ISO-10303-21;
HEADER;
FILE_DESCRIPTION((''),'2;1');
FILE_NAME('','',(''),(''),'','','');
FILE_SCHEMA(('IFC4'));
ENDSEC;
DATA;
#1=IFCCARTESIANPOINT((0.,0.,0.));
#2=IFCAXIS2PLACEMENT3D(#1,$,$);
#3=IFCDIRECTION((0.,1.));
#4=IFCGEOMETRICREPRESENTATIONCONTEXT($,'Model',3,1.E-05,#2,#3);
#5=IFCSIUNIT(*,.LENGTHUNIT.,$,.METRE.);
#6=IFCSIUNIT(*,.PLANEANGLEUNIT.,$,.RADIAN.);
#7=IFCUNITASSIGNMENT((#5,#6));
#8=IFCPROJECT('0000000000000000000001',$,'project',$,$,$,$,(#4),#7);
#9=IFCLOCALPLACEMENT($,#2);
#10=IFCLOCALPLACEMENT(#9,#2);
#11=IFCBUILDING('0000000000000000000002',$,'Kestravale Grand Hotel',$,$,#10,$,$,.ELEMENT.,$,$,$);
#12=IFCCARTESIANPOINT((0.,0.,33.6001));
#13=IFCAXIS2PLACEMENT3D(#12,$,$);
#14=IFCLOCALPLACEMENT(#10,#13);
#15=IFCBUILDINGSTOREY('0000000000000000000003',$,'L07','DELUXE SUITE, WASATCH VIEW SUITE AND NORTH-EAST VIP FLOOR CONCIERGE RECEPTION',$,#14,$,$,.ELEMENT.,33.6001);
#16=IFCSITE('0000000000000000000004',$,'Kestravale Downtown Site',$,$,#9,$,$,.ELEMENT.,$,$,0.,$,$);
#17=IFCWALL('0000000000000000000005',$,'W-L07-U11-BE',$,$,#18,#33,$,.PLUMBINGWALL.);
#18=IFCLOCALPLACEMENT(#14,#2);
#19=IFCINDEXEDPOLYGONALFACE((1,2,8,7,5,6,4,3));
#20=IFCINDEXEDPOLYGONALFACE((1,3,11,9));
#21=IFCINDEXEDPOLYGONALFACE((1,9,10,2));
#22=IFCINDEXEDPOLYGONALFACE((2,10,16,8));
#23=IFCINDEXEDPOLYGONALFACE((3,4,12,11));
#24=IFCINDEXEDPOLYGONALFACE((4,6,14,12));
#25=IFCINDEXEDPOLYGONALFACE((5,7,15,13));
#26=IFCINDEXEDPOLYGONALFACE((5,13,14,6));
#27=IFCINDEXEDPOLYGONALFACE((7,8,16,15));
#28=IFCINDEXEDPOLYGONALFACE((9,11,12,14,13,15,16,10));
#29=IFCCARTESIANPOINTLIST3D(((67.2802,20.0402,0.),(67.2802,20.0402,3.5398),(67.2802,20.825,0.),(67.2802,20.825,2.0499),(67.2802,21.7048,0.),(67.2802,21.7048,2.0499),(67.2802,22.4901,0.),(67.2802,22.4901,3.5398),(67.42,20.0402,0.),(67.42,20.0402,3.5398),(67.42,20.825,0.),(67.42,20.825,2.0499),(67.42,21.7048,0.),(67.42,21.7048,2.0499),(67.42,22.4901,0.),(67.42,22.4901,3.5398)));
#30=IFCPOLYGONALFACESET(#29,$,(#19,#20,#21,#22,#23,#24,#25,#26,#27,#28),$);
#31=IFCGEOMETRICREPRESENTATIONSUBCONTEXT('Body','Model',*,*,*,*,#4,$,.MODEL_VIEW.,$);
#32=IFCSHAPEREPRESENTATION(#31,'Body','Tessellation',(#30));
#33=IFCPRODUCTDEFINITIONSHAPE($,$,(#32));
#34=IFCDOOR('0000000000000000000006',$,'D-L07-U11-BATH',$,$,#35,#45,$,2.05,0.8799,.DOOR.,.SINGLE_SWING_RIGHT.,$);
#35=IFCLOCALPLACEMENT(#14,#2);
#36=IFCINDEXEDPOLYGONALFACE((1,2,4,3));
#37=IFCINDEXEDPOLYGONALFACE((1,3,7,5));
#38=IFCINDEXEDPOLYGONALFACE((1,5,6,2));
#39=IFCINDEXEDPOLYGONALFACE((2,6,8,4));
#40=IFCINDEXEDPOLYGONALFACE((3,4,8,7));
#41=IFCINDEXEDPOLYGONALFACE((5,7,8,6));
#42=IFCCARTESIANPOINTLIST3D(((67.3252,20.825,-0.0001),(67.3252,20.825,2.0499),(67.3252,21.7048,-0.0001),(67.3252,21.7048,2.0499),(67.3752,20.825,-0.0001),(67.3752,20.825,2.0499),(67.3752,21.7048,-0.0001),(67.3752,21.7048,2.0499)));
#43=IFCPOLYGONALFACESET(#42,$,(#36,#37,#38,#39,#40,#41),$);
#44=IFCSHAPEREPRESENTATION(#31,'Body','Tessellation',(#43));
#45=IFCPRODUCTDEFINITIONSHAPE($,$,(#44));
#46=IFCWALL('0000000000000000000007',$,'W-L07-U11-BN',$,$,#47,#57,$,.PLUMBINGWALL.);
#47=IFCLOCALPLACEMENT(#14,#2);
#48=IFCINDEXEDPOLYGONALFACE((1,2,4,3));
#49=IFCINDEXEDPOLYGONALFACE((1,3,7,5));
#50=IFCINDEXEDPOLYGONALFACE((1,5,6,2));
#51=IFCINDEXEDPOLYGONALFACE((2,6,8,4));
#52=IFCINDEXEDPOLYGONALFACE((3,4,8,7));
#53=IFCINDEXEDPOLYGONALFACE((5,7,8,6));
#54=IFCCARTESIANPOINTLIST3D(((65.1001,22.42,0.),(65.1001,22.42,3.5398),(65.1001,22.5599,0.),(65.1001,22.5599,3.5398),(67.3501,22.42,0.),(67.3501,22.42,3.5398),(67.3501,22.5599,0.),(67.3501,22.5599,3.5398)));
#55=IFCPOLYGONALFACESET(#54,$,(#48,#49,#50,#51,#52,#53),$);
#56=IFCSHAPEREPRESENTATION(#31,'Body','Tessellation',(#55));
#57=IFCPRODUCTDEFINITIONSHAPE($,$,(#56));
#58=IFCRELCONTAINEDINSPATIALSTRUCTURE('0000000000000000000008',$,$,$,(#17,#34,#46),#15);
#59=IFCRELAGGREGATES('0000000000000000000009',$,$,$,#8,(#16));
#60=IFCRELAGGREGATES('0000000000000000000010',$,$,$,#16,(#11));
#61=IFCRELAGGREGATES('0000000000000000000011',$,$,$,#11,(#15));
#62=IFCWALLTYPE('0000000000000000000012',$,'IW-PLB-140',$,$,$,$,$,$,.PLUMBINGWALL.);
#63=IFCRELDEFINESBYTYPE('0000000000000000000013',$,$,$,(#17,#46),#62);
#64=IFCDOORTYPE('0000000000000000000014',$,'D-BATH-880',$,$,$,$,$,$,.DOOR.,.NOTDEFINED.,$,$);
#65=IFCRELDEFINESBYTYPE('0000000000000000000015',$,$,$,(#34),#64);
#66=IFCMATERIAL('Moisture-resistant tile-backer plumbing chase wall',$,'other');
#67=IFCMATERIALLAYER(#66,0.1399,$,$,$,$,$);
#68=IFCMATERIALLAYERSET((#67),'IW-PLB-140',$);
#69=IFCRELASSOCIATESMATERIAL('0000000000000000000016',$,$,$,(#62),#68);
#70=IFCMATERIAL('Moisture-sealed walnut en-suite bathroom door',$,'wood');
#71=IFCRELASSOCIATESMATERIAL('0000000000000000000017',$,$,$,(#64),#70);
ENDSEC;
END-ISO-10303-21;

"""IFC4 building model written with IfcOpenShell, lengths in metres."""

from ifc_helpers import new_model, si_unit, direction, frame, frame_2d, origin, place, context, subcontext, project, spatial, rectangle, extrude, material, layer, layer_set, type_object, element, fill, save


model = new_model("IFC4")

# Units and contexts
model_context = context("Model", 3, precision=1e-05, world=origin(), true_north=direction((0.0, 1.0)))
body_context = subcontext(model_context, "Body", "Model", "MODEL_VIEW")
ifc_project = project(units=[si_unit("LENGTHUNIT", "METRE"), si_unit("PLANEANGLEUNIT", "RADIAN")], contexts=[model_context])

# Site, building, storey
site_placement = place(None, origin())
site = spatial("IfcSite", under=ifc_project, at=site_placement, Name="Kestravale Downtown Site", CompositionType="ELEMENT", RefElevation=0.0)
building_placement = place(site_placement, origin())
building = spatial("IfcBuilding", under=site, at=building_placement, Name="Kestravale Grand Hotel", CompositionType="ELEMENT")
storey_placement = place(building_placement, frame((0.0, 0.0, 33.6001)))
storey = spatial("IfcBuildingStorey", under=building, at=storey_placement, Name="L07", Description="DELUXE SUITE, WASATCH VIEW SUITE AND NORTH-EAST VIP FLOOR CONCIERGE RECEPTION", CompositionType="ELEMENT", Elevation=33.6001)

# Shared definitions
ifc_material_1 = material(Name="Moisture-resistant tile-backer plumbing chase wall", Category="other")
ifc_layer_1 = layer(ifc_material_1, 0.1399)
ifc_layer_set_1 = layer_set([ifc_layer_1], Name="IW-PLB-140")
wall_type_1 = type_object("IfcWallType", Name="IW-PLB-140", PredefinedType="PLUMBINGWALL", material=ifc_layer_set_1)

# Shared definitions
ifc_material_2 = material(Name="Moisture-sealed walnut en-suite bathroom door", Category="wood")
door_type = type_object("IfcDoorType", Name="D-BATH-880", OperationType="NOTDEFINED", PredefinedType="DOOR", material=ifc_material_2)

# Wall, opening, door
wall_1_placement = place(storey_placement, frame((67.3501, 20.04, 0.0), z_axis=(0.0, 0.0, 1.0), x_axis=(0.0, 1.0, 0.0)))
wall_1 = element("IfcWall", 1, at=wall_1_placement, inside=storey, type_object=wall_type_1, Name="W-L07-U11-BE", PredefinedType="PLUMBINGWALL", context=body_context, shape_type="SweptSolid", body=[
    extrude(rectangle(XDim=2.45, YDim=0.1399, at=frame_2d((1.2251, 0.0))), origin(), (0.0, 0.0, 1.0), 3.5398),
])
opening_1_placement = place(wall_1_placement, frame((0.7849, 0.0, 0.0)))
opening_1 = element("IfcOpeningElement", 2, at=opening_1_placement, cuts=wall_1, PredefinedType="OPENING", context=body_context, shape_type="SweptSolid", body=[
    extrude(rectangle(XDim=0.8799, YDim=2.05, at=frame_2d((0.4399, 1.0249))), frame((0.0, 0.0798, 0.0), z_axis=(0.0, -1.0, 0.0), x_axis=(1.0, 0.0, 0.0)), (0.0, 0.0, 1.0), 0.1599),
])
door_1_placement = place(opening_1_placement, origin())
door_1 = element("IfcDoor", 3, at=door_1_placement, inside=storey, type_object=door_type, Name="D-L07-U11-BATH", OperationType="SINGLE_SWING_RIGHT", OverallHeight=2.05, OverallWidth=0.8799, PredefinedType="DOOR", context=body_context, shape_type="SweptSolid", body=[
    extrude(rectangle(XDim=0.8799, YDim=2.05, at=frame_2d((0.4399, 1.0249))), frame((0.0, 0.0249, 0.0), z_axis=(0.0, -1.0, 0.0), x_axis=(1.0, 0.0, 0.0)), (0.0, 0.0, 1.0), 0.05),
])
fill(opening_1, door_1)

# Wall
wall_2_placement = place(storey_placement, frame((65.1001, 22.49, 0.0), z_axis=(0.0, 0.0, 1.0), x_axis=(1.0, 0.0, 0.0)))
element("IfcWall", 4, at=wall_2_placement, inside=storey, type_object=wall_type_1, Name="W-L07-U11-BN", PredefinedType="PLUMBINGWALL", context=body_context, shape_type="SweptSolid", body=[
    extrude(rectangle(XDim=2.25, YDim=0.1399, at=frame_2d((1.125, 0.0))), origin(), (0.0, 0.0, 1.0), 3.5398),
])

save(model, "model.ifc")
